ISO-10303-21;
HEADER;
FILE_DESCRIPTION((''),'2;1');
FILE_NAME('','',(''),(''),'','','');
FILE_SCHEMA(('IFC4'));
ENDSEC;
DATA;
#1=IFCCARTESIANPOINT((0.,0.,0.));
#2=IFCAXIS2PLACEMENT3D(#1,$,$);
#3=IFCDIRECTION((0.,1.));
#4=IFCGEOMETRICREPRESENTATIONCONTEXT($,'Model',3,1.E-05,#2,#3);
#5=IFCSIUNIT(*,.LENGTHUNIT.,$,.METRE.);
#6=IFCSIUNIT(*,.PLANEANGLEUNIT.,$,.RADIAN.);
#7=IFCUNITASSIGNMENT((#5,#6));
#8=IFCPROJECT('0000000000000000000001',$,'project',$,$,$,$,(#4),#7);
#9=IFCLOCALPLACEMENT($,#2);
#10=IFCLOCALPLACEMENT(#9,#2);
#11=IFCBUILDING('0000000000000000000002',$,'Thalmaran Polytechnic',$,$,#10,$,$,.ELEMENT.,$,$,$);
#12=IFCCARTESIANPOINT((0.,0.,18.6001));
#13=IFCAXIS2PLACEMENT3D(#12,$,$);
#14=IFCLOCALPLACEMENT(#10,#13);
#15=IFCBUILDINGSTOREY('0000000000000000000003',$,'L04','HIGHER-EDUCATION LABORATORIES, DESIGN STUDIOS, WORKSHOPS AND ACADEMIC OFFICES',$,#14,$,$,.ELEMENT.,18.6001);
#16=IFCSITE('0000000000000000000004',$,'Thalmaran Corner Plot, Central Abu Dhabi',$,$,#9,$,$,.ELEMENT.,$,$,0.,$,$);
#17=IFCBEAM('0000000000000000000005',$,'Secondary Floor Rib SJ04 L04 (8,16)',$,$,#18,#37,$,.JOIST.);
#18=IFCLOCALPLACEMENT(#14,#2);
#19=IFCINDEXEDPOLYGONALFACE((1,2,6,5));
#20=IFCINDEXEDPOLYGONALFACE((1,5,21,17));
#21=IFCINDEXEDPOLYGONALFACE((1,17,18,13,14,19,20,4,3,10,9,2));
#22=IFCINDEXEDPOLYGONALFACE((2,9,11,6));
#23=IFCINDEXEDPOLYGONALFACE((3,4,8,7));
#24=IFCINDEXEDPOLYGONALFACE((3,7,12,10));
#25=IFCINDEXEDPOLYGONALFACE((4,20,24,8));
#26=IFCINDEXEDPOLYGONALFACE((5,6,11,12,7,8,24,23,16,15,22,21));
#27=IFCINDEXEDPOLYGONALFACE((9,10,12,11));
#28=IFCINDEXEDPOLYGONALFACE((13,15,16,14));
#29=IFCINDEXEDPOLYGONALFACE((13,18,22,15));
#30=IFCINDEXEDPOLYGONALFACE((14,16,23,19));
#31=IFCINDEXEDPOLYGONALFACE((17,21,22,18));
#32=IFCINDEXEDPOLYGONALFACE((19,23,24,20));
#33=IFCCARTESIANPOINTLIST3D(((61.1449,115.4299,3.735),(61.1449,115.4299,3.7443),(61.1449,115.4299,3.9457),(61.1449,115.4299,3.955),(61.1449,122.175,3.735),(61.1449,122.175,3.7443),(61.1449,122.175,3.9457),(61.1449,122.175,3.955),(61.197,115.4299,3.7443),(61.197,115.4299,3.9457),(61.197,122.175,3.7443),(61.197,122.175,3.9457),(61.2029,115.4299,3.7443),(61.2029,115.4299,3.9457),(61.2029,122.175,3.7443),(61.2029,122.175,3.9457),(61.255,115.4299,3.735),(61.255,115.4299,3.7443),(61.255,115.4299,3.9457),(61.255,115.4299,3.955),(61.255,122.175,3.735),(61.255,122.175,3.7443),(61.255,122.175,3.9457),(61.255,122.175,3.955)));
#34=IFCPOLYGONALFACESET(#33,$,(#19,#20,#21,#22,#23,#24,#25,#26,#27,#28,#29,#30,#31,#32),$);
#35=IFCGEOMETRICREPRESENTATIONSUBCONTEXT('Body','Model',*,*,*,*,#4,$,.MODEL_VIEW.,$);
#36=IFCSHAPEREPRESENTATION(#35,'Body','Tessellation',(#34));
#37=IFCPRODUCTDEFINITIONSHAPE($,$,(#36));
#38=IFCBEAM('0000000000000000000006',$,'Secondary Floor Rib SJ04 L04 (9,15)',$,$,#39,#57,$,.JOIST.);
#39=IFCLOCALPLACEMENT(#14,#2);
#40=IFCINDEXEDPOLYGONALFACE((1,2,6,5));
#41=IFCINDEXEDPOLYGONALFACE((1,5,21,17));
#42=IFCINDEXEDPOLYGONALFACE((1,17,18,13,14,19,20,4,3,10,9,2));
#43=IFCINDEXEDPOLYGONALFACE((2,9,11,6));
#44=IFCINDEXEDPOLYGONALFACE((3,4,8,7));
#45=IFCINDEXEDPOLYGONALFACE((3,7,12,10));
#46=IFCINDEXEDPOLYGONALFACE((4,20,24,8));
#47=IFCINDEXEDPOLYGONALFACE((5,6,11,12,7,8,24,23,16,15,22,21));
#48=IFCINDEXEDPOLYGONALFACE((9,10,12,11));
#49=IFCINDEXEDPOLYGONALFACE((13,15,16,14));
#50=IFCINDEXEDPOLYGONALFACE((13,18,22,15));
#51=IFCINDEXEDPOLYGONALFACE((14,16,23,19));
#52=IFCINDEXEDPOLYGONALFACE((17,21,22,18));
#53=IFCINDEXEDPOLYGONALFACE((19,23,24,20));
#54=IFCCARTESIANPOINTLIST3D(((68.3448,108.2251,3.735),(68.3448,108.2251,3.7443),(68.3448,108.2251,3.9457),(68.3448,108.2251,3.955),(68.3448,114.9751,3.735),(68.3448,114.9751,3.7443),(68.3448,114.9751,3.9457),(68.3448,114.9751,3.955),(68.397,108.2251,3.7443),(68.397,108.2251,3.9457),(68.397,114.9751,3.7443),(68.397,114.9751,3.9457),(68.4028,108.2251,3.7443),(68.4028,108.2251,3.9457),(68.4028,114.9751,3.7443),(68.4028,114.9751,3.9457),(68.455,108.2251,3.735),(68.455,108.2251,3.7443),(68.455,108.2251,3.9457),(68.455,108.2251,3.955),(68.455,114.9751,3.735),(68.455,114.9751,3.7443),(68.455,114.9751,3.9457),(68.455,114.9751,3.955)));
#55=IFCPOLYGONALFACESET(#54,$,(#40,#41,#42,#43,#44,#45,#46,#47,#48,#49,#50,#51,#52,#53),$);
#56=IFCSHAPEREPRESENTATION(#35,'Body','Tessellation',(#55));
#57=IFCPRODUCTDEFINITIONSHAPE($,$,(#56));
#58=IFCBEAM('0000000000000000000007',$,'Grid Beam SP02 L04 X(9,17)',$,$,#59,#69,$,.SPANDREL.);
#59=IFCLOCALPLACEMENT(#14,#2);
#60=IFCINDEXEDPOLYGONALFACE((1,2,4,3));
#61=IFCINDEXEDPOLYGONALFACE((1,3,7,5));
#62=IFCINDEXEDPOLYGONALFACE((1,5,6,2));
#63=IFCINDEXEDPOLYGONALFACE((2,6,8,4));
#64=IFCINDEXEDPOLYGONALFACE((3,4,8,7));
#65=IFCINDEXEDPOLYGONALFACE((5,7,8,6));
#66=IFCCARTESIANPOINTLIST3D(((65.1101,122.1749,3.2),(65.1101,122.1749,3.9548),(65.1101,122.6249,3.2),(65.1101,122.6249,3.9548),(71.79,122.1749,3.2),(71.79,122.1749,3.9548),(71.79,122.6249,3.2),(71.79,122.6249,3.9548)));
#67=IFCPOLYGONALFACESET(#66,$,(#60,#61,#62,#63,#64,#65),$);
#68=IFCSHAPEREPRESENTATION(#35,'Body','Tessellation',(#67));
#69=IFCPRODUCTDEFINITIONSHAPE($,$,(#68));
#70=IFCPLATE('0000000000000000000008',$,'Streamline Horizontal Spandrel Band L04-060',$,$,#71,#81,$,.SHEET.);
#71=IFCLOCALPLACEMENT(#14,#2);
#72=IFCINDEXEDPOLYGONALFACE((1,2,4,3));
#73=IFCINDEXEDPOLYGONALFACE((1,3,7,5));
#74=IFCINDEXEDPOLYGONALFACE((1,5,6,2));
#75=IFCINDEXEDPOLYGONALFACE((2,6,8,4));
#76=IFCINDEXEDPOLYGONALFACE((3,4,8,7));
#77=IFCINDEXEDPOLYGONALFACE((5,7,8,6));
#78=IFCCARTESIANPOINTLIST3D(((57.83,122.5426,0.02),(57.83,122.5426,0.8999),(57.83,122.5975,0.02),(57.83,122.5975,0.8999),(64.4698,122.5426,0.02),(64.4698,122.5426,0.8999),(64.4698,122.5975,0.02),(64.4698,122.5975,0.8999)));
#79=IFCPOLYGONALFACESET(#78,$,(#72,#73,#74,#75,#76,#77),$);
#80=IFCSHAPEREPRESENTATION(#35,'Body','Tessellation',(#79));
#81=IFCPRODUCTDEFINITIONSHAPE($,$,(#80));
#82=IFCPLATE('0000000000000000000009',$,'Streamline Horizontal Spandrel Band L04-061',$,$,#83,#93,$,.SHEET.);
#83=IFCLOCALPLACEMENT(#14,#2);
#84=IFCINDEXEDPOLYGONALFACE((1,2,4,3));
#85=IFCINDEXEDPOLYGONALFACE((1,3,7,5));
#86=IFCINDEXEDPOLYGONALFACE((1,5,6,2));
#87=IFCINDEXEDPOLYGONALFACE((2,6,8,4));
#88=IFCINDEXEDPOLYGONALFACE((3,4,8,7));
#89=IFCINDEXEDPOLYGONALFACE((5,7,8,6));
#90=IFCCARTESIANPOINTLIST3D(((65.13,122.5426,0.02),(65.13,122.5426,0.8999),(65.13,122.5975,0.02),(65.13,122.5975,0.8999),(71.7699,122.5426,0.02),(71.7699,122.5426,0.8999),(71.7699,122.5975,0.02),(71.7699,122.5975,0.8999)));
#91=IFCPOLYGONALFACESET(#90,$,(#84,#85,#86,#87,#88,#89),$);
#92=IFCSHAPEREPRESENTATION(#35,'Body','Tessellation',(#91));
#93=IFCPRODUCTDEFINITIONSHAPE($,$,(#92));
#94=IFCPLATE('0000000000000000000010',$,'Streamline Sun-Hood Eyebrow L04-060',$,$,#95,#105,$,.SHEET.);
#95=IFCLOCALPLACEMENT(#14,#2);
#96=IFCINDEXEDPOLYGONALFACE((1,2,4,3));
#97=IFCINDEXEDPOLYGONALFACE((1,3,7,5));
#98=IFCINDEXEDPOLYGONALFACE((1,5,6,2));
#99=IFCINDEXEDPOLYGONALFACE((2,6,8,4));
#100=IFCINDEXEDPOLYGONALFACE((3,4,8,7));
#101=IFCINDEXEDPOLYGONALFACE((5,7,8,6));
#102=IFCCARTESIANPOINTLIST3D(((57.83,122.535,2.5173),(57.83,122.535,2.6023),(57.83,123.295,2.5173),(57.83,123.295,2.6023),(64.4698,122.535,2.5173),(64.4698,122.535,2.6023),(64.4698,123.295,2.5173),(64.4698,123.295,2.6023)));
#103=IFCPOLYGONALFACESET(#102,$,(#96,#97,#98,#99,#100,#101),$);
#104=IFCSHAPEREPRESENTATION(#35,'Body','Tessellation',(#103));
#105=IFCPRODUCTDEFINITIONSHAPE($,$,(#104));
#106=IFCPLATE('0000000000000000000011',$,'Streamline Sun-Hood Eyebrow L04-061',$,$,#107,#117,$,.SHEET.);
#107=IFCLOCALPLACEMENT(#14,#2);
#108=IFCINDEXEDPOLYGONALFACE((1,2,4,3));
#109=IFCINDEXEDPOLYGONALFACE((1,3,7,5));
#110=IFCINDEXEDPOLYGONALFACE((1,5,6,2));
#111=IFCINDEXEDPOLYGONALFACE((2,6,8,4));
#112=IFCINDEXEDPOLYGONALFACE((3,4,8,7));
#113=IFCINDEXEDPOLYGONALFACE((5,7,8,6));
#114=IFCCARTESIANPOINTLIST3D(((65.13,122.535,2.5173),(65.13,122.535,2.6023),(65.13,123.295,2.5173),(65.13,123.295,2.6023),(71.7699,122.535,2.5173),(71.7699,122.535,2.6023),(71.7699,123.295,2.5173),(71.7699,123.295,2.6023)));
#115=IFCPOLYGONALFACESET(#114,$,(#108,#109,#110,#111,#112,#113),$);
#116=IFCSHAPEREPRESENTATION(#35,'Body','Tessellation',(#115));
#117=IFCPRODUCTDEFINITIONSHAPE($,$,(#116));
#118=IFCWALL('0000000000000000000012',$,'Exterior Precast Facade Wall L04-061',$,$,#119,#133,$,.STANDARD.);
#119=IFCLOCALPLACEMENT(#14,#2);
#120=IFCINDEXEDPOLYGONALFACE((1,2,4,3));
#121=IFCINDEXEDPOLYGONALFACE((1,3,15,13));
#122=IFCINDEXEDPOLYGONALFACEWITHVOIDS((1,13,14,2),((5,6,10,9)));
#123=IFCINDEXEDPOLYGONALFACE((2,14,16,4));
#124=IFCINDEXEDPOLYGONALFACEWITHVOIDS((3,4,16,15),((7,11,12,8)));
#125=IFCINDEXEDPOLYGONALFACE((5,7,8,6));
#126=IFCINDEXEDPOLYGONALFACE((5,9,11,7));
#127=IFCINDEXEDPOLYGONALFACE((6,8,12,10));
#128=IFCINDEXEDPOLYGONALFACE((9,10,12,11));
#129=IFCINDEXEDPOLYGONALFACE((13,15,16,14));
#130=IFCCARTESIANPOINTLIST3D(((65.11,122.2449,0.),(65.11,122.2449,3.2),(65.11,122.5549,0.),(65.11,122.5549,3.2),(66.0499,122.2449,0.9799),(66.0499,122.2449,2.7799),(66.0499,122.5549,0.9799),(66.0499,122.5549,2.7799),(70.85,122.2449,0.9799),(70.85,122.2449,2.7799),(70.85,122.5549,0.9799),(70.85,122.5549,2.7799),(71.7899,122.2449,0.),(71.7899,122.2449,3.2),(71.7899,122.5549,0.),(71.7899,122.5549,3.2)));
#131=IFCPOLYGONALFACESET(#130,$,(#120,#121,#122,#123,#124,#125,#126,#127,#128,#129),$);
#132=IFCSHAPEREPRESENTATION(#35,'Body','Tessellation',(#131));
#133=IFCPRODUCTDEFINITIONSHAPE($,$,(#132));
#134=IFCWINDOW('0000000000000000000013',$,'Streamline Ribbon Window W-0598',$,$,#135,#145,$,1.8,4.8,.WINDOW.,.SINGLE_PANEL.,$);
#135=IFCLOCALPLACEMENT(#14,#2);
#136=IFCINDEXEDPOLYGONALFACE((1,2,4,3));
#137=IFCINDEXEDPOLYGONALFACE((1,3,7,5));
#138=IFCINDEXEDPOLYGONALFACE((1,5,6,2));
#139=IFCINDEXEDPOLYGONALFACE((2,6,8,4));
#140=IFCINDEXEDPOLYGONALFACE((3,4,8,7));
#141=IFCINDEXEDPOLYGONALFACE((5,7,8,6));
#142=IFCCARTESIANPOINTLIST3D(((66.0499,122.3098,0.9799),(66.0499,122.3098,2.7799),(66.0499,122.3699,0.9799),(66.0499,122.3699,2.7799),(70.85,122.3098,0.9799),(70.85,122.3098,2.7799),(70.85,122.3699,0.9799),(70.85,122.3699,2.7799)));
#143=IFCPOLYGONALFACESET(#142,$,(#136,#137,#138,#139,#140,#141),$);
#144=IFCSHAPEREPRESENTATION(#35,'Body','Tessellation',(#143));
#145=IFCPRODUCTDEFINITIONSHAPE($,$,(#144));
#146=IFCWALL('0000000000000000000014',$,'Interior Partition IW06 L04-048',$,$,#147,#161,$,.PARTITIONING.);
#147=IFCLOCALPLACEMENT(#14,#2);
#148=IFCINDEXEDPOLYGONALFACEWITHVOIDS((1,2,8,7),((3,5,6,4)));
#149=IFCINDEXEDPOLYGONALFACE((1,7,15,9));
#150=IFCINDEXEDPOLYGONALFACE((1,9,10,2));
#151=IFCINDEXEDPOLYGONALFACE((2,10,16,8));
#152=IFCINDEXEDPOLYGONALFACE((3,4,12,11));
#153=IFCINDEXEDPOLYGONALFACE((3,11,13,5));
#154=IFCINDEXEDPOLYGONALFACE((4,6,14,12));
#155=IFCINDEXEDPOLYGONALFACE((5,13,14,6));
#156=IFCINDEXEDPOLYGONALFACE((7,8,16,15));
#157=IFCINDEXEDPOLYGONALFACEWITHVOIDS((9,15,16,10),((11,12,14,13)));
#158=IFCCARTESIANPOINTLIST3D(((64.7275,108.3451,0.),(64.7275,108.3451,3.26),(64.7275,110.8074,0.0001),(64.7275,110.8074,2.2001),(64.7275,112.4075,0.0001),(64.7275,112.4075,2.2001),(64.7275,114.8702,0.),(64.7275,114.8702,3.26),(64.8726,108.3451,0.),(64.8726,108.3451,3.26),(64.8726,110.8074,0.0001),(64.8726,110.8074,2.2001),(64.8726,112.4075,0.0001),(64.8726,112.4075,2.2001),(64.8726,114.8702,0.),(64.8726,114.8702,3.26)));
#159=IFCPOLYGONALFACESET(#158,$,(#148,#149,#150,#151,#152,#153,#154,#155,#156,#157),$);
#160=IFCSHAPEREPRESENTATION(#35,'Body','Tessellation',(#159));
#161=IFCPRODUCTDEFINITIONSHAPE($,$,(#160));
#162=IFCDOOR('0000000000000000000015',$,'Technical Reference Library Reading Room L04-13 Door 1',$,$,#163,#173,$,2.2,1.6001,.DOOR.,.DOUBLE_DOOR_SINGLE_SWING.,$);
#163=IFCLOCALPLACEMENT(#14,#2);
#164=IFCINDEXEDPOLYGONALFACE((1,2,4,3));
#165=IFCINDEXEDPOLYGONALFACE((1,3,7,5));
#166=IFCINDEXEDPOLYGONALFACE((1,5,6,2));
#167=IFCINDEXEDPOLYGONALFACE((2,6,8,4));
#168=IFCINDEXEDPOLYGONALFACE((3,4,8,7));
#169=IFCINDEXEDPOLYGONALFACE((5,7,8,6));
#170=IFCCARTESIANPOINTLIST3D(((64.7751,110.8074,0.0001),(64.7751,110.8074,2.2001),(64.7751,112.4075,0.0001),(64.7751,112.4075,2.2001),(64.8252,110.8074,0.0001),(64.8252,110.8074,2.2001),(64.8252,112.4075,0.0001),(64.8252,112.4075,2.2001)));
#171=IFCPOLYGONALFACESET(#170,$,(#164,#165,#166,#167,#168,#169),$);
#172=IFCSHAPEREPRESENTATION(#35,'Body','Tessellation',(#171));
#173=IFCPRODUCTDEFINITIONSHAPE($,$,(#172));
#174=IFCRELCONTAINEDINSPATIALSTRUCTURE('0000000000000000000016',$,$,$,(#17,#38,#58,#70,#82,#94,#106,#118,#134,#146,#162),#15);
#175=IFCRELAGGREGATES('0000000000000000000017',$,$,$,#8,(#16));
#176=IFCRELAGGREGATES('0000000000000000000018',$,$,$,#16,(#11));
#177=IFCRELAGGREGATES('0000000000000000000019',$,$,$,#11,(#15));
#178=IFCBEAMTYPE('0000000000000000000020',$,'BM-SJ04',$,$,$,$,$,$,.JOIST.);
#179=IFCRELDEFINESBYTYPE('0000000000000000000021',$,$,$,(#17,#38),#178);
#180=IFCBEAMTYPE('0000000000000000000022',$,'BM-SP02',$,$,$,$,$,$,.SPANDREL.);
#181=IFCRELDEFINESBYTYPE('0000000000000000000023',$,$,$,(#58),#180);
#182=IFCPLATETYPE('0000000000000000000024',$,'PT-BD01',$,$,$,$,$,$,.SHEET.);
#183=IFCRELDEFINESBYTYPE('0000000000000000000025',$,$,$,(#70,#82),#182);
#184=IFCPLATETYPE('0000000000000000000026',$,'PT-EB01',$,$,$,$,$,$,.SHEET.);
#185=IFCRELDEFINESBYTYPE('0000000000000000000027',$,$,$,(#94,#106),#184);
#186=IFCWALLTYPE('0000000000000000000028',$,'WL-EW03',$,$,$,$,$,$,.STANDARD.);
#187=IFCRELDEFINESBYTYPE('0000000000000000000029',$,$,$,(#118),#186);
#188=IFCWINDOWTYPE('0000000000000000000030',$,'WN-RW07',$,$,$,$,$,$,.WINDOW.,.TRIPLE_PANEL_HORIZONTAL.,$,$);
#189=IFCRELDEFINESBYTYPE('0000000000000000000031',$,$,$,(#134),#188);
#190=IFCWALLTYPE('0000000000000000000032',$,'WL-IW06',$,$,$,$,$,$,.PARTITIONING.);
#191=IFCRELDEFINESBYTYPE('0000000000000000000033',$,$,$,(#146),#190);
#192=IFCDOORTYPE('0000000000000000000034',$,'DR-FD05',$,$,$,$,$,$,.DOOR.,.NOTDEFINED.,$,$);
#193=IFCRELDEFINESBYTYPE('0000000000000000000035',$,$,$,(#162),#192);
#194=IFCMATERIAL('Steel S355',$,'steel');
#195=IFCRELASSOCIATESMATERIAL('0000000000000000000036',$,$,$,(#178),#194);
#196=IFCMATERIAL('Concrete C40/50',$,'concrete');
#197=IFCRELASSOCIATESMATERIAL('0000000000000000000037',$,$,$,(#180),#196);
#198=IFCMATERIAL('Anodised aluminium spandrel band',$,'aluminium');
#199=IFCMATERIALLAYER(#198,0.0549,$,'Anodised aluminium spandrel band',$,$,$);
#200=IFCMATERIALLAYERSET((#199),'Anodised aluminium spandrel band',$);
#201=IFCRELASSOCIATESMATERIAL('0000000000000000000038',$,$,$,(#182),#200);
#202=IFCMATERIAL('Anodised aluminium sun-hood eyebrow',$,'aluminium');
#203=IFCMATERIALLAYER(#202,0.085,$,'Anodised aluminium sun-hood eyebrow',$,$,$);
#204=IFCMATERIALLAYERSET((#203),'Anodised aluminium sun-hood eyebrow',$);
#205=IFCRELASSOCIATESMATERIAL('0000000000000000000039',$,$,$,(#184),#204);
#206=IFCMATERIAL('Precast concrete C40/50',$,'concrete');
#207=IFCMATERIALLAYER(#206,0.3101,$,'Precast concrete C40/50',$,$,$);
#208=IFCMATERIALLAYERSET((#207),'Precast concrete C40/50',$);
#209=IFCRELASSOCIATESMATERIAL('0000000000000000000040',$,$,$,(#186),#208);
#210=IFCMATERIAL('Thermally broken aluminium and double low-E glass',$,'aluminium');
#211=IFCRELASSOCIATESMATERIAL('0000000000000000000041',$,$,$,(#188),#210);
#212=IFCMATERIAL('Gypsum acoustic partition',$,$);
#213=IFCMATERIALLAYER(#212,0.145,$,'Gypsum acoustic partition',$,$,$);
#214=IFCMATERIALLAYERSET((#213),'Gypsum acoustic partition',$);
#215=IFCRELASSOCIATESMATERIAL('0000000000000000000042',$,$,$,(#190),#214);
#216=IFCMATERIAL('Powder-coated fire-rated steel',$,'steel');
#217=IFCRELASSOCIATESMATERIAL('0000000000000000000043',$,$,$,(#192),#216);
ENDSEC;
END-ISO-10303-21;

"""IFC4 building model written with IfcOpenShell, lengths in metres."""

from ifc_helpers import new_model, si_unit, direction, frame, frame_2d, origin, origin_2d, place, context, subcontext, project, spatial, rectangle, i_section, extrude, material, layer, layer_set, material_profile, profile_set, type_object, element, fill, save


model = new_model("IFC4")

# Units and contexts
model_context = context("Model", 3, precision=1e-05, world=origin(), true_north=direction((0.0, 1.0)))
body_context = subcontext(model_context, "Body", "Model", "MODEL_VIEW")
ifc_project = project(units=[si_unit("LENGTHUNIT", "METRE"), si_unit("PLANEANGLEUNIT", "RADIAN")], contexts=[model_context])

# Site, building, storey
site_placement = place(None, origin())
site = spatial("IfcSite", under=ifc_project, at=site_placement, Name="Thalmaran Corner Plot, Central Abu Dhabi", CompositionType="ELEMENT", RefElevation=0.0)
building_placement = place(site_placement, origin())
building = spatial("IfcBuilding", under=site, at=building_placement, Name="Thalmaran Polytechnic", CompositionType="ELEMENT")
storey_placement = place(building_placement, frame((0.0, 0.0, 18.6001)))
storey = spatial("IfcBuildingStorey", under=building, at=storey_placement, Name="L04", Description="HIGHER-EDUCATION LABORATORIES, DESIGN STUDIOS, WORKSHOPS AND ACADEMIC OFFICES", CompositionType="ELEMENT", Elevation=18.6001)

# Shared definitions
ifc_material_1 = material(Name="Concrete C40/50", Category="concrete")

# Beams
ifc_material_2 = material(Name="Steel S355", Category="steel")
ifc_material_profile_1 = material_profile(ifc_material_2, i_section(OverallWidth=0.1101, OverallDepth=0.22, WebThickness=0.0059, FlangeThickness=0.0093, at=origin_2d()), Name="IPE 220")
ifc_profile_set_1 = profile_set([ifc_material_profile_1], Name="Steel S355")
beam_type_1 = type_object("IfcBeamType", Name="BM-SJ04", PredefinedType="JOIST", material=ifc_profile_set_1)
beam_1_placement = place(storey_placement, frame((61.2, 115.4299, 3.845), z_axis=(0.0, 1.0, 0.0), x_axis=(-1.0, 0.0, 0.0)))
element("IfcBeam", 1, at=beam_1_placement, inside=storey, type_object=beam_type_1, Name="Secondary Floor Rib SJ04 L04 (8,16)", PredefinedType="JOIST", context=body_context, shape_type="SweptSolid", body=[
    extrude(i_section(OverallWidth=0.1101, OverallDepth=0.22, WebThickness=0.0059, FlangeThickness=0.0093, at=origin_2d()), origin(), (0.0, 0.0, 1.0), 6.7451),
])
beam_2_placement = place(storey_placement, frame((68.3999, 108.2251, 3.845), z_axis=(0.0, 1.0, 0.0), x_axis=(-1.0, 0.0, 0.0)))
element("IfcBeam", 2, at=beam_2_placement, inside=storey, type_object=beam_type_1, Name="Secondary Floor Rib SJ04 L04 (9,15)", PredefinedType="JOIST", context=body_context, shape_type="SweptSolid", body=[
    extrude(i_section(OverallWidth=0.1101, OverallDepth=0.22, WebThickness=0.0059, FlangeThickness=0.0093, at=origin_2d()), origin(), (0.0, 0.0, 1.0), 6.75),
])
ifc_material_profile_2 = material_profile(ifc_material_1, rectangle(XDim=0.45, YDim=0.7549, at=origin_2d()), Name="RC 450x755")
ifc_profile_set_2 = profile_set([ifc_material_profile_2], Name="Concrete C40/50")
beam_type_2 = type_object("IfcBeamType", Name="BM-SP02", PredefinedType="SPANDREL", material=ifc_profile_set_2)
beam_3_placement = place(storey_placement, frame((65.1101, 122.3999, 3.5774), z_axis=(1.0, 0.0, 0.0), x_axis=(0.0, 1.0, 0.0)))
element("IfcBeam", 3, at=beam_3_placement, inside=storey, type_object=beam_type_2, Name="Grid Beam SP02 L04 X(9,17)", PredefinedType="SPANDREL", context=body_context, shape_type="SweptSolid", body=[
    extrude(rectangle(XDim=0.45, YDim=0.7549, at=origin_2d()), origin(), (0.0, 0.0, 1.0), 6.6799),
])

# Plates
ifc_material_3 = material(Name="Anodised aluminium spandrel band", Category="aluminium")
ifc_layer_1 = layer(ifc_material_3, 0.0549, Name="Anodised aluminium spandrel band")
ifc_layer_set_1 = layer_set([ifc_layer_1], Name="Anodised aluminium spandrel band")
plate_type_1 = type_object("IfcPlateType", Name="PT-BD01", PredefinedType="SHEET", material=ifc_layer_set_1)
for number, where, z_axis, x_axis, name in (
    (4, (61.1499, 122.5701, 0.02), (0.0, 0.0, 1.0), (1.0, 0.0, 0.0), "Streamline Horizontal Spandrel Band L04-060"),
    (5, (68.45, 122.5701, 0.02), (0.0, 0.0, 1.0), (1.0, 0.0, 0.0), "Streamline Horizontal Spandrel Band L04-061"),
):
    element("IfcPlate", number, at=place(storey_placement, frame(where, z_axis=z_axis, x_axis=x_axis)), inside=storey, type_object=plate_type_1, Name=name, PredefinedType="SHEET", context=body_context, shape_type="SweptSolid", body=[
        extrude(rectangle(XDim=6.6399, YDim=0.0549, at=origin_2d()), origin(), (0.0, 0.0, 1.0), 0.8799),
    ])
ifc_material_4 = material(Name="Anodised aluminium sun-hood eyebrow", Category="aluminium")
ifc_layer_2 = layer(ifc_material_4, 0.085, Name="Anodised aluminium sun-hood eyebrow")
ifc_layer_set_2 = layer_set([ifc_layer_2], Name="Anodised aluminium sun-hood eyebrow")
plate_type_2 = type_object("IfcPlateType", Name="PT-EB01", PredefinedType="SHEET", material=ifc_layer_set_2)
for number, where, z_axis, x_axis, name in (
    (6, (61.1499, 122.915, 2.5173), (0.0, 0.0, 1.0), (1.0, 0.0, 0.0), "Streamline Sun-Hood Eyebrow L04-060"),
    (7, (68.45, 122.915, 2.5173), (0.0, 0.0, 1.0), (1.0, 0.0, 0.0), "Streamline Sun-Hood Eyebrow L04-061"),
):
    element("IfcPlate", number, at=place(storey_placement, frame(where, z_axis=z_axis, x_axis=x_axis)), inside=storey, type_object=plate_type_2, Name=name, PredefinedType="SHEET", context=body_context, shape_type="SweptSolid", body=[
        extrude(rectangle(XDim=6.6399, YDim=0.76, at=origin_2d()), origin(), (0.0, 0.0, 1.0), 0.085),
    ])

# Wall, opening, window
ifc_material_5 = material(Name="Precast concrete C40/50", Category="concrete")
ifc_layer_3 = layer(ifc_material_5, 0.3101, Name="Precast concrete C40/50")
ifc_layer_set_3 = layer_set([ifc_layer_3], Name="Precast concrete C40/50")
wall_type_1 = type_object("IfcWallType", Name="WL-EW03", PredefinedType="STANDARD", material=ifc_layer_set_3)
wall_1_placement = place(storey_placement, frame((65.1101, 122.3999, 0.0), z_axis=(0.0, 0.0, 1.0), x_axis=(1.0, 0.0, 0.0)))
wall_1 = element("IfcWall", 8, at=wall_1_placement, inside=storey, type_object=wall_type_1, Name="Exterior Precast Facade Wall L04-061", PredefinedType="STANDARD", context=body_context, shape_type="SweptSolid", body=[
    extrude(rectangle(XDim=6.6799, YDim=0.3101, at=frame_2d((3.3398, 0.0))), origin(), (0.0, 0.0, 1.0), 3.2),
])
opening_1_placement = place(wall_1_placement, frame((0.9399, 0.0, 0.98)))
opening_1 = element("IfcOpeningElement", 9, at=opening_1_placement, cuts=wall_1, PredefinedType="OPENING", context=body_context, shape_type="SweptSolid", body=[
    extrude(rectangle(XDim=4.8, YDim=1.8, at=frame_2d((2.3999, 0.8999))), frame((0.0, 0.165, 0.0), z_axis=(0.0, -1.0, 0.0), x_axis=(1.0, 0.0, 0.0)), (0.0, 0.0, 1.0), 0.3301),
])
ifc_material_6 = material(Name="Thermally broken aluminium and double low-E glass", Category="aluminium")
window_type = type_object("IfcWindowType", Name="WN-RW07", PartitioningType="TRIPLE_PANEL_HORIZONTAL", PredefinedType="WINDOW", material=ifc_material_6)
window_placement = place(opening_1_placement, origin())
window = element("IfcWindow", 10, at=window_placement, inside=storey, type_object=window_type, Name="Streamline Ribbon Window W-0598", OverallHeight=1.8, OverallWidth=4.8, PartitioningType="SINGLE_PANEL", PredefinedType="WINDOW", context=body_context, shape_type="SweptSolid", body=[
    extrude(rectangle(XDim=4.8, YDim=1.8, at=frame_2d((2.3999, 0.8999))), frame((0.0, -0.03, 0.0), z_axis=(0.0, -1.0, 0.0), x_axis=(1.0, 0.0, 0.0)), (0.0, 0.0, 1.0), 0.0601),
])
fill(opening_1, window)

# Wall, opening, door
ifc_material_7 = material(Name="Gypsum acoustic partition")
ifc_layer_4 = layer(ifc_material_7, 0.145, Name="Gypsum acoustic partition")
ifc_layer_set_4 = layer_set([ifc_layer_4], Name="Gypsum acoustic partition")
wall_type_2 = type_object("IfcWallType", Name="WL-IW06", PredefinedType="PARTITIONING", material=ifc_layer_set_4)
wall_2_placement = place(storey_placement, frame((64.8, 108.345, 0.0), z_axis=(0.0, 0.0, 1.0), x_axis=(0.0, 1.0, 0.0)))
wall_2 = element("IfcWall", 11, at=wall_2_placement, inside=storey, type_object=wall_type_2, Name="Interior Partition IW06 L04-048", PredefinedType="PARTITIONING", context=body_context, shape_type="SweptSolid", body=[
    extrude(rectangle(XDim=6.5251, YDim=0.145, at=frame_2d((3.2627, 0.0))), origin(), (0.0, 0.0, 1.0), 3.26),
])
opening_2_placement = place(wall_2_placement, frame((2.4624, 0.0, 0.0)))
opening_2 = element("IfcOpeningElement", 12, at=opening_2_placement, cuts=wall_2, PredefinedType="OPENING", context=body_context, shape_type="SweptSolid", body=[
    extrude(rectangle(XDim=1.6001, YDim=2.2, at=frame_2d((0.8, 1.1001))), frame((0.0, 0.0825, 0.0), z_axis=(0.0, -1.0, 0.0), x_axis=(1.0, 0.0, 0.0)), (0.0, 0.0, 1.0), 0.165),
])
ifc_material_8 = material(Name="Powder-coated fire-rated steel", Category="steel")
door_type = type_object("IfcDoorType", Name="DR-FD05", OperationType="NOTDEFINED", PredefinedType="DOOR", material=ifc_material_8)
door_placement = place(opening_2_placement, origin())
door = element("IfcDoor", 13, at=door_placement, inside=storey, type_object=door_type, Name="Technical Reference Library Reading Room L04-13 Door 1", OperationType="DOUBLE_DOOR_SINGLE_SWING", OverallHeight=2.2, OverallWidth=1.6001, PredefinedType="DOOR", context=body_context, shape_type="SweptSolid", body=[
    extrude(rectangle(XDim=1.6001, YDim=2.2, at=frame_2d((0.8, 1.1001))), frame((0.0, 0.0249, 0.0), z_axis=(0.0, -1.0, 0.0), x_axis=(1.0, 0.0, 0.0)), (0.0, 0.0, 1.0), 0.05),
])
fill(opening_2, door)

save(model, "model.ifc")
